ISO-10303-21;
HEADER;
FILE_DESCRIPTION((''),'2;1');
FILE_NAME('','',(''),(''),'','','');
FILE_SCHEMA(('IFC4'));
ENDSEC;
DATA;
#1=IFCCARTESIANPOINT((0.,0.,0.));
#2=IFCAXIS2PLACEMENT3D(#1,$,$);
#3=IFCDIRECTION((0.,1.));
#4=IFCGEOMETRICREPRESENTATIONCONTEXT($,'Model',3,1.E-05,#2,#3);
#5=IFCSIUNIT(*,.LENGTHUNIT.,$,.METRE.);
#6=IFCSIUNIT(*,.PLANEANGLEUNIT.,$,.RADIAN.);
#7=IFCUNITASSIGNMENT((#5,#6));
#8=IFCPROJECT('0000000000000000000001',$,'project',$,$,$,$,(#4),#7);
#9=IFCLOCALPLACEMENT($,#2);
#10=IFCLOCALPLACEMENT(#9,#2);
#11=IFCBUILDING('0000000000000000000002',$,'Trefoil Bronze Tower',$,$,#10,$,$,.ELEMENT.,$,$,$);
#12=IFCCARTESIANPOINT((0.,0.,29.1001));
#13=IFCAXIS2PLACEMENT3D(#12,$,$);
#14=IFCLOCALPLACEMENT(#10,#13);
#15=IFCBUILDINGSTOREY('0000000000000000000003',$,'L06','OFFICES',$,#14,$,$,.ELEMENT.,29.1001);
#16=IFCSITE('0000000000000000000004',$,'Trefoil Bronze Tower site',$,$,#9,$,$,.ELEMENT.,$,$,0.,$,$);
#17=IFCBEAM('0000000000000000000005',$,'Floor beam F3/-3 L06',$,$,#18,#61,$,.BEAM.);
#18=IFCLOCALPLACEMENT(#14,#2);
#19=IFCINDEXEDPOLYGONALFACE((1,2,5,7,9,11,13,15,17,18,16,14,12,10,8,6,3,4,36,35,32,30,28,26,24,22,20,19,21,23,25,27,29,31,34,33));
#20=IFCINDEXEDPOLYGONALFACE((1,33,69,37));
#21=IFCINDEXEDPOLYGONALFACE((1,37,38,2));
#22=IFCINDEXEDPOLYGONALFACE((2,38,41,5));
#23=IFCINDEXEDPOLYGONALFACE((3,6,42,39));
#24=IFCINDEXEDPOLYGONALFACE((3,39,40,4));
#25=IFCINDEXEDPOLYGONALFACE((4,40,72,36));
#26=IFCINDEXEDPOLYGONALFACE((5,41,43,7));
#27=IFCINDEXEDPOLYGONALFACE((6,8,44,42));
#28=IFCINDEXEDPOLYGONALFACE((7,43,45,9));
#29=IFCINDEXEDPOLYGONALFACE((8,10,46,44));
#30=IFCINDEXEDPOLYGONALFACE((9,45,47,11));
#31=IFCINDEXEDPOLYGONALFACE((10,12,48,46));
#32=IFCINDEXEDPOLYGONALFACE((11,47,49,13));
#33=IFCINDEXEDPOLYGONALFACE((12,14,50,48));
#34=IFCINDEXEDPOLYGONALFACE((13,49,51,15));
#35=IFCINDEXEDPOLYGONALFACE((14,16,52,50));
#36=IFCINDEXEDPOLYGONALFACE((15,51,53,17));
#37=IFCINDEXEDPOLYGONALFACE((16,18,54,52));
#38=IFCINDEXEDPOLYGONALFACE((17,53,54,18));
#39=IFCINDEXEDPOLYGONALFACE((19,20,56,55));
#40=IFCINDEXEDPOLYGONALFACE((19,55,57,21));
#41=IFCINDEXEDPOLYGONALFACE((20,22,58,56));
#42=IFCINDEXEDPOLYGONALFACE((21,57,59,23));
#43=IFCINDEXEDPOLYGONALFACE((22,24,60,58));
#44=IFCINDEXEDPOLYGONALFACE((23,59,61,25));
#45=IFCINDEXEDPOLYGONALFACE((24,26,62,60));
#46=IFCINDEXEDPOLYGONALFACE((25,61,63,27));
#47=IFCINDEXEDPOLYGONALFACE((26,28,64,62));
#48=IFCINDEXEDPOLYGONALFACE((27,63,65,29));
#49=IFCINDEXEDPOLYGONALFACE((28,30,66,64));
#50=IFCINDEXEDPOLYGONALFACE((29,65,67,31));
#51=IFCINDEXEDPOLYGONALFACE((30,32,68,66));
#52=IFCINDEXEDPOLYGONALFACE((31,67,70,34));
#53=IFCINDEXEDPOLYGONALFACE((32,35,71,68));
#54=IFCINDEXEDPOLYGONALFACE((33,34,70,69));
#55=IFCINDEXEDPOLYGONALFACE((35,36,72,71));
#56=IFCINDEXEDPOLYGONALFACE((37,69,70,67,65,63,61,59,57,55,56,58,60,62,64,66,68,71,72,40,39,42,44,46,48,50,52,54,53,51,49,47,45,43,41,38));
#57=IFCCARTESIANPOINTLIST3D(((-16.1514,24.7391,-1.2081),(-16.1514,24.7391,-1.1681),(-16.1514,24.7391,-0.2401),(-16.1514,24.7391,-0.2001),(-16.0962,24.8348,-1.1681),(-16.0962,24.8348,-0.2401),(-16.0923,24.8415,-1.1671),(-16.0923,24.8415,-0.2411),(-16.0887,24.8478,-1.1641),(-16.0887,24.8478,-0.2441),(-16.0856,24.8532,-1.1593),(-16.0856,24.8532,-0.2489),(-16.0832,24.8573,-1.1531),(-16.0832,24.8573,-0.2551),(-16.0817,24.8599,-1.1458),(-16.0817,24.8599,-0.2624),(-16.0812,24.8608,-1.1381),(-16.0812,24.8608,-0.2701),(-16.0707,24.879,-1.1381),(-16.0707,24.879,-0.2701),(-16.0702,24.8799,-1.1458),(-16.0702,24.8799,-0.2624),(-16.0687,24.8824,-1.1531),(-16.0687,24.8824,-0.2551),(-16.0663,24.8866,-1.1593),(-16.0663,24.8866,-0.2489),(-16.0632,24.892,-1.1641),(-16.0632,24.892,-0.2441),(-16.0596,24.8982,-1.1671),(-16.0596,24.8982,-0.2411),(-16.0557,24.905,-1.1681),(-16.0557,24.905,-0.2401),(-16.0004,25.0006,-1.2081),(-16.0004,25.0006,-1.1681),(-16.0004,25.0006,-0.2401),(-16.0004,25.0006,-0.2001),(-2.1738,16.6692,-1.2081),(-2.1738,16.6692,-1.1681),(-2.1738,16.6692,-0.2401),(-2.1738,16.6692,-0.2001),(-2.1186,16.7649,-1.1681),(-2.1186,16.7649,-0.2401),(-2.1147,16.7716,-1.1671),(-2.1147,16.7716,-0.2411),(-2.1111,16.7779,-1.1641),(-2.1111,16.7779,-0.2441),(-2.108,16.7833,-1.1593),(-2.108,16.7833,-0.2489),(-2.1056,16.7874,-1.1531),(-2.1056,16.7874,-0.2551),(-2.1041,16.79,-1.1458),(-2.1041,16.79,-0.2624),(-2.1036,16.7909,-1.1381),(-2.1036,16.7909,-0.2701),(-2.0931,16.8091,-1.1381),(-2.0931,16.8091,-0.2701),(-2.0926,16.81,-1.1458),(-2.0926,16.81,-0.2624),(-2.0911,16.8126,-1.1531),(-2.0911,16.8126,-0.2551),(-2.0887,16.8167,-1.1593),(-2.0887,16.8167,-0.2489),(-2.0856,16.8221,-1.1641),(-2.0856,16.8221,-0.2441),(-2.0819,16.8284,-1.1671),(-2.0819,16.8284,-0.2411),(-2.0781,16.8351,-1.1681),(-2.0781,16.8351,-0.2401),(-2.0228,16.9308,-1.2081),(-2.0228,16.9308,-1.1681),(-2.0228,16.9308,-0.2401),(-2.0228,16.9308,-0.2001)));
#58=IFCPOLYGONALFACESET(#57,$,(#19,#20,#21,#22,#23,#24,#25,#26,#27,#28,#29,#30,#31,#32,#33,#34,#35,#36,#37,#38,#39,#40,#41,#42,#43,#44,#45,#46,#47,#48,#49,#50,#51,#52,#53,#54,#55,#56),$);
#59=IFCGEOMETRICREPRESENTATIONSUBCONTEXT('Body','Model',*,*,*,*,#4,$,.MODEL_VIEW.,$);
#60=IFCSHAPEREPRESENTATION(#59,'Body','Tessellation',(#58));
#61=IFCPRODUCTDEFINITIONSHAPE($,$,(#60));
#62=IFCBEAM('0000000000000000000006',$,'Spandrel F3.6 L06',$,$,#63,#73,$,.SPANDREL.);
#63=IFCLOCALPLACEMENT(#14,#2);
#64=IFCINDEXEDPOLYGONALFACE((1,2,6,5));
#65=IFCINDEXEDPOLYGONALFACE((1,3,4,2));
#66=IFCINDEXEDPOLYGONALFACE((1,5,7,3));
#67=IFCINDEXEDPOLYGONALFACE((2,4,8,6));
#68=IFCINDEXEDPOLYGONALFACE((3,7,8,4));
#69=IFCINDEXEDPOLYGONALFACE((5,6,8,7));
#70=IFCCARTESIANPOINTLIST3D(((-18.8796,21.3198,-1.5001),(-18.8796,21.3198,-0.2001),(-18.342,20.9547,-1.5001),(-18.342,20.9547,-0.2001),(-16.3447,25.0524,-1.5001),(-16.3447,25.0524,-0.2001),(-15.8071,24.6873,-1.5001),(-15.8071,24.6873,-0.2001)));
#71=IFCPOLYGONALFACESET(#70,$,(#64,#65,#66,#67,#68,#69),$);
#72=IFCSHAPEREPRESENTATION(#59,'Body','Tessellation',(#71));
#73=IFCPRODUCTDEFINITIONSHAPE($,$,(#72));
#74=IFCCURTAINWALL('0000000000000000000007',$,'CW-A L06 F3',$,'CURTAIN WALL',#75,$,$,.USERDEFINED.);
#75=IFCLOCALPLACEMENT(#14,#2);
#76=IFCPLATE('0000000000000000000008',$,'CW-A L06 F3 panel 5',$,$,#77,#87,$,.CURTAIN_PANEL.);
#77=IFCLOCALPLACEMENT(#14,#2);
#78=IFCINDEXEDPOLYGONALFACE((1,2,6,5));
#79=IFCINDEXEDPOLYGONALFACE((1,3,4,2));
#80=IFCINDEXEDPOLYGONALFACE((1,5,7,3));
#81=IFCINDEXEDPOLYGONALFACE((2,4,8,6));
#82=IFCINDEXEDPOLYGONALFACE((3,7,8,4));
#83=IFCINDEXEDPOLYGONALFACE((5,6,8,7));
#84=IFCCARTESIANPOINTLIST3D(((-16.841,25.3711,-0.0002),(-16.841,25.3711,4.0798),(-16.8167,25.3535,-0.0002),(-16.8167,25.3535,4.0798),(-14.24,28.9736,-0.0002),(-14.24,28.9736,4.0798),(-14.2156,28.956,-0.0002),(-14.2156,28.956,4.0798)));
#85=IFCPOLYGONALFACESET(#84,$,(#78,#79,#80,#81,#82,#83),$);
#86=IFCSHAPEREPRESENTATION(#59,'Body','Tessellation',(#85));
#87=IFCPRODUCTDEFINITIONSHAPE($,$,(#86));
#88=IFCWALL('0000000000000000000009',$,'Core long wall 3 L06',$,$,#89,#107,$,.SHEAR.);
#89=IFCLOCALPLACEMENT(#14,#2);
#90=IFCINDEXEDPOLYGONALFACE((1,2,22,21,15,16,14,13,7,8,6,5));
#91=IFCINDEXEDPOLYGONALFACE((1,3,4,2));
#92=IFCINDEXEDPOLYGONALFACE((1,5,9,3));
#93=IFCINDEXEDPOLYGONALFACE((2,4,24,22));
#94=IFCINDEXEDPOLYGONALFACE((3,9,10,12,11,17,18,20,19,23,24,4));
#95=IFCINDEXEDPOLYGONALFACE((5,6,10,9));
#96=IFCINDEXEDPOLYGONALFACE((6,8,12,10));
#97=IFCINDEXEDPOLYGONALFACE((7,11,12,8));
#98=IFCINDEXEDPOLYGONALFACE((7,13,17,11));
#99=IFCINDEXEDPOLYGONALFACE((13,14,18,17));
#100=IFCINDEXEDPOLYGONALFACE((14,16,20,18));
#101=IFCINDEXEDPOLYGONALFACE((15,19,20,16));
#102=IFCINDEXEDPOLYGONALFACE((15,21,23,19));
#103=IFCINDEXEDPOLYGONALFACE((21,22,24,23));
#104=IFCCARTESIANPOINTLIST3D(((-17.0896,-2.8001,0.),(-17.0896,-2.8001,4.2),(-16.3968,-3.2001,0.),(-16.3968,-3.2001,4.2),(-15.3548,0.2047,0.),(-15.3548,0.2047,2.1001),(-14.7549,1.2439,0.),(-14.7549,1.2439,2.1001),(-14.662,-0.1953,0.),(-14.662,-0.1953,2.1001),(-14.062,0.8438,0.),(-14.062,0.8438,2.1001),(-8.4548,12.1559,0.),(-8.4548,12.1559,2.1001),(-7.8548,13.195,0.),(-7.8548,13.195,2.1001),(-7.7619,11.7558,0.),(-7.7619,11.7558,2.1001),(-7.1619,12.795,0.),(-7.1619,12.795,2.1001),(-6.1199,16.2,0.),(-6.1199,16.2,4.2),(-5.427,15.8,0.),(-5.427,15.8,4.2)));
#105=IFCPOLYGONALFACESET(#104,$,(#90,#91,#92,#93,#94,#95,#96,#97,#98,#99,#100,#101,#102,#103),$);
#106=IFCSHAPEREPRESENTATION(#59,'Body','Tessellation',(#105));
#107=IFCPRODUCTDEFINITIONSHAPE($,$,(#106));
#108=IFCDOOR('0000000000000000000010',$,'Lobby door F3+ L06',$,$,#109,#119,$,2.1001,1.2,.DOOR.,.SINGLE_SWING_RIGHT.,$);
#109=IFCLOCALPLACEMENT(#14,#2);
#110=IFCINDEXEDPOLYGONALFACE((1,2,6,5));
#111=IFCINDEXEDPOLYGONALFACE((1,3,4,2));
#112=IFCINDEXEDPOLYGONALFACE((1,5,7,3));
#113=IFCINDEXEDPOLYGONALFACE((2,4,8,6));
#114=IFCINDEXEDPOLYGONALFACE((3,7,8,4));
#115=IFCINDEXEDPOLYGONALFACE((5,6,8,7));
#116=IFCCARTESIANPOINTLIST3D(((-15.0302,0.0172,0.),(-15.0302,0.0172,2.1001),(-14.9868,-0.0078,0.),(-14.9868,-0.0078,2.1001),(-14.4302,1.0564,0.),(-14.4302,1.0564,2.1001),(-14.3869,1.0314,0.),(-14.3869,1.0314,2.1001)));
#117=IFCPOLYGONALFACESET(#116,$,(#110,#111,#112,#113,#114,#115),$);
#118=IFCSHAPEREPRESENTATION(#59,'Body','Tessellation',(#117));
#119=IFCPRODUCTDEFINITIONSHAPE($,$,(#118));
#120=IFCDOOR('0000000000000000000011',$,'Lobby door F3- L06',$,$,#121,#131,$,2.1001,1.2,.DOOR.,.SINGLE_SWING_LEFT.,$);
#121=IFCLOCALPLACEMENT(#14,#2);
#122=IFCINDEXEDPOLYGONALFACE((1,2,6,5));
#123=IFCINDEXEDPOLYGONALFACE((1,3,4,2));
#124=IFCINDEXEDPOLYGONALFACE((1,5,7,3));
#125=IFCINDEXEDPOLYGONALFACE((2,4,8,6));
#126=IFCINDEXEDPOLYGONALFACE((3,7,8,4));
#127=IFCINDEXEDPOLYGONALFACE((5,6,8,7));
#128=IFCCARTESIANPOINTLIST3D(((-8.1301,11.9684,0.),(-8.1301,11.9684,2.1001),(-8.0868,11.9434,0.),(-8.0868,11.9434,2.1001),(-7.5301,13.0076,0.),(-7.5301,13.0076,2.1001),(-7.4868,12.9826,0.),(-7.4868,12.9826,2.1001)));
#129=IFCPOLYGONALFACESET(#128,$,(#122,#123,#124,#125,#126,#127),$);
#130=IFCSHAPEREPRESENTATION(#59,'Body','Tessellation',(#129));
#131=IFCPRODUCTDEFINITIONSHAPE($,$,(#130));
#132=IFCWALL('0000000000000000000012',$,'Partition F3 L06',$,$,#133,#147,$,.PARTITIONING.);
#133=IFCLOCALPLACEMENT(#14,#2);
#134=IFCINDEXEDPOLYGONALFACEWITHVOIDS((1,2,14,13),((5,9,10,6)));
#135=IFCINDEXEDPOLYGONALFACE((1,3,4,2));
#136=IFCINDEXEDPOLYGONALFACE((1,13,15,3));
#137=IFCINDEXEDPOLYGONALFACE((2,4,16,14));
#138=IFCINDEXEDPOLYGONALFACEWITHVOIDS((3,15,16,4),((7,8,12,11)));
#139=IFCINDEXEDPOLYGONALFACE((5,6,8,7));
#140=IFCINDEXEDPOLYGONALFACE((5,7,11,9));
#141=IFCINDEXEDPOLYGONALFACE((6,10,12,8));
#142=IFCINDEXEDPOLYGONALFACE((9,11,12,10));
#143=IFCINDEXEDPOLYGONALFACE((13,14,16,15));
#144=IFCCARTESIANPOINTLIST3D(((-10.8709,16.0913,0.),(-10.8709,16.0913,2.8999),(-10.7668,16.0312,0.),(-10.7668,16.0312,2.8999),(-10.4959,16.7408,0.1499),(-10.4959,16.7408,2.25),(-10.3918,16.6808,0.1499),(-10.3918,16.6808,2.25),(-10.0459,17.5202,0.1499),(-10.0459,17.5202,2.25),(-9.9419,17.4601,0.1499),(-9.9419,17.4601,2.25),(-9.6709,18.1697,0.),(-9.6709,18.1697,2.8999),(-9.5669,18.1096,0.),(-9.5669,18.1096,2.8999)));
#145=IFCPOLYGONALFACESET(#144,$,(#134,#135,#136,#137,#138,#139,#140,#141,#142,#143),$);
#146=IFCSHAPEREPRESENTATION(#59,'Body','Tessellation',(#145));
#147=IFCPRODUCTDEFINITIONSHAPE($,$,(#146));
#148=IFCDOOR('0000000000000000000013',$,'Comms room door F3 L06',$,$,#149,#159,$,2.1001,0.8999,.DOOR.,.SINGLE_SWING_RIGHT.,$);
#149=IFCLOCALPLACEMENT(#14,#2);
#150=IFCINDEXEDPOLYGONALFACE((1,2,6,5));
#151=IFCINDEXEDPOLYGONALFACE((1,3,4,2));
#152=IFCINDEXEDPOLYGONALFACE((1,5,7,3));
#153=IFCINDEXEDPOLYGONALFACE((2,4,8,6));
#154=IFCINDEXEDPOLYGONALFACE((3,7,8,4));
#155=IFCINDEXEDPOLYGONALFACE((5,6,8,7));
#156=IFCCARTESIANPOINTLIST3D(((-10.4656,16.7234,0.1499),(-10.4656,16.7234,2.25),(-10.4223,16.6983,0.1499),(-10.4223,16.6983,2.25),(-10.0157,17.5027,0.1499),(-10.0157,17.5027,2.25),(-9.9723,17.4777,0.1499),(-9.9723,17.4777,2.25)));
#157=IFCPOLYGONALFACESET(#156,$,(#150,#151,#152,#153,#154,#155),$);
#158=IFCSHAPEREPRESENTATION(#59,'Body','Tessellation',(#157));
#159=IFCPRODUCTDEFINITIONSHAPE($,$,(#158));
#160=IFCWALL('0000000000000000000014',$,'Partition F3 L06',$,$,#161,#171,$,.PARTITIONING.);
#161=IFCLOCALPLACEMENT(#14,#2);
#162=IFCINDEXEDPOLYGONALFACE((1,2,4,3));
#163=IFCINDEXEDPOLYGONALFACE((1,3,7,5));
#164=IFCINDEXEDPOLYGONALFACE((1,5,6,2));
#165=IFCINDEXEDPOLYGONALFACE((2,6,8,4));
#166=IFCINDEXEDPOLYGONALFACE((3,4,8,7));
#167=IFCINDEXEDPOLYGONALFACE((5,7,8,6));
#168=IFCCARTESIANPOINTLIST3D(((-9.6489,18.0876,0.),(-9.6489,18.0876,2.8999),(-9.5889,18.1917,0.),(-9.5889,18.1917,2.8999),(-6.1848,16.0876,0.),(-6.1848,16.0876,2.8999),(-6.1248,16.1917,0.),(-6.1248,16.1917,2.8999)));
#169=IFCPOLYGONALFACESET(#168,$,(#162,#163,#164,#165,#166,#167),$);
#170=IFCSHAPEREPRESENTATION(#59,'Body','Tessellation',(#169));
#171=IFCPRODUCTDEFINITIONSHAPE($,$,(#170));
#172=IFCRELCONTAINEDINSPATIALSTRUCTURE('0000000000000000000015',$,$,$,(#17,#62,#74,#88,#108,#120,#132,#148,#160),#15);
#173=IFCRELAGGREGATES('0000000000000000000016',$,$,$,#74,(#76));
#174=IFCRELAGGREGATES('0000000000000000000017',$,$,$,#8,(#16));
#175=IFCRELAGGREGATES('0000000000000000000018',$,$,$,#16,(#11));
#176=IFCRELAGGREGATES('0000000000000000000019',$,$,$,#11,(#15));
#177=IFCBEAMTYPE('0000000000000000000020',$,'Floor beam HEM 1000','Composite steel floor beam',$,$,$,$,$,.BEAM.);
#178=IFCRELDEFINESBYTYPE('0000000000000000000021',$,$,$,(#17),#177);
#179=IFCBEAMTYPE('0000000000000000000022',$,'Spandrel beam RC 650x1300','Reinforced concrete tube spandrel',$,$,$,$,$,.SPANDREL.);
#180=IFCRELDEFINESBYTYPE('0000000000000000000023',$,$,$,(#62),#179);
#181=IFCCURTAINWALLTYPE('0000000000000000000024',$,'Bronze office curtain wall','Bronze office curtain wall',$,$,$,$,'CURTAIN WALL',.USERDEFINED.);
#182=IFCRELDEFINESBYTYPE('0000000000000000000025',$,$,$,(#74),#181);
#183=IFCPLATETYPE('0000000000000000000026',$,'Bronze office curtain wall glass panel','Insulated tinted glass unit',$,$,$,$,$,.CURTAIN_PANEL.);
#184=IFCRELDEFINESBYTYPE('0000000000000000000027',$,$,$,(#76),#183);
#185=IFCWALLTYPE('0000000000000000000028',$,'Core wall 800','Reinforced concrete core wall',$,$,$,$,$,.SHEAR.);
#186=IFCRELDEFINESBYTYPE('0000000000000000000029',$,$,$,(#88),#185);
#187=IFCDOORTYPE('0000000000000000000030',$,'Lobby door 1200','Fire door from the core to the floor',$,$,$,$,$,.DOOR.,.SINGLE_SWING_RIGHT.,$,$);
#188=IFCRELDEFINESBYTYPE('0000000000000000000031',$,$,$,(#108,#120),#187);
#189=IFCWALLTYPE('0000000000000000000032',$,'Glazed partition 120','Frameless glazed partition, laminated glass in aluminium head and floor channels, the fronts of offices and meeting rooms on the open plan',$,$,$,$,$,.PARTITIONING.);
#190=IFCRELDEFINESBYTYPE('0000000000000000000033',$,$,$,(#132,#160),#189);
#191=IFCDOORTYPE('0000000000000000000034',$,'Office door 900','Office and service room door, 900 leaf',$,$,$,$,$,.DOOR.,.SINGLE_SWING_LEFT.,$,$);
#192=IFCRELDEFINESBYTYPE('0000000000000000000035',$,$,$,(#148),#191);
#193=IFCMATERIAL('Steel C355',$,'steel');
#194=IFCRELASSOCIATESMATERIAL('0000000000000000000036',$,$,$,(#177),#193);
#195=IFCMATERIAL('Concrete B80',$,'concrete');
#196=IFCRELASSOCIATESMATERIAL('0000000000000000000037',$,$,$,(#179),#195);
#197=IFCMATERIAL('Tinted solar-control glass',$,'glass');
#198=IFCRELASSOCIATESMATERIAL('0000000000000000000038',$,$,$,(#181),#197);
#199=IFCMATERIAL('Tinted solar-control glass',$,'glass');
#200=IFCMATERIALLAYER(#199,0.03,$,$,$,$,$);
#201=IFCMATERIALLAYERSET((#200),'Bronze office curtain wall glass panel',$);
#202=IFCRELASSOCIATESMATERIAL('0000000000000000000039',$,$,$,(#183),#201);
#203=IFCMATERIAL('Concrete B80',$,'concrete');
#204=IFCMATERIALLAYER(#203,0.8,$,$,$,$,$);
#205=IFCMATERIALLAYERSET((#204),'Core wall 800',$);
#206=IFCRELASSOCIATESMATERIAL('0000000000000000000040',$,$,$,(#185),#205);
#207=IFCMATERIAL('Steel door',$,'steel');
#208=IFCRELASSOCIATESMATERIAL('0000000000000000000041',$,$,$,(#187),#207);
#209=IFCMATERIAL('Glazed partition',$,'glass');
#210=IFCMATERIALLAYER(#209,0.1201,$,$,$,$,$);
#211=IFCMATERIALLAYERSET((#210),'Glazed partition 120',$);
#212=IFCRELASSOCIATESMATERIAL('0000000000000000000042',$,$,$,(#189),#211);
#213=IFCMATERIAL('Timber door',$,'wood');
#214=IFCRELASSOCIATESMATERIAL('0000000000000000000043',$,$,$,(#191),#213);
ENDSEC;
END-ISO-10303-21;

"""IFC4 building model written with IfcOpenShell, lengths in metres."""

from ifc_helpers import new_model, si_unit, direction, frame, frame_2d, origin, origin_2d, place, context, subcontext, project, spatial, rectangle, i_section, extrude, material, layer, layer_set, material_profile, profile_set, type_object, element, fill, aggregate, save


model = new_model("IFC4")

# Units and contexts
model_context = context("Model", 3, precision=1e-05, world=origin(), true_north=direction((0.0, 1.0)))
body_context = subcontext(model_context, "Body", "Model", "MODEL_VIEW")
ifc_project = project(units=[si_unit("LENGTHUNIT", "METRE"), si_unit("PLANEANGLEUNIT", "RADIAN")], contexts=[model_context])

# Site, building, storey
site_placement = place(None, origin())
site = spatial("IfcSite", under=ifc_project, at=site_placement, Name="Trefoil Bronze Tower site", CompositionType="ELEMENT", RefElevation=0.0)
building_placement = place(site_placement, origin())
building = spatial("IfcBuilding", under=site, at=building_placement, Name="Trefoil Bronze Tower", CompositionType="ELEMENT")
storey_placement = place(building_placement, frame((0.0, 0.0, 29.1001)))
storey = spatial("IfcBuildingStorey", under=building, at=storey_placement, Name="L06", Description="OFFICES", CompositionType="ELEMENT", Elevation=29.1001)

# Beams
ifc_material_1 = material(Name="Steel C355", Category="steel")
ifc_material_profile_1 = material_profile(ifc_material_1, i_section(OverallWidth=0.302, OverallDepth=1.0081, WebThickness=0.021, FlangeThickness=0.04, FilletRadius=0.03, at=origin_2d()), Name="HEM 1000")
ifc_profile_set_1 = profile_set([ifc_material_profile_1], Name="Steel C355")
beam_type_1 = type_object("IfcBeamType", Name="Floor beam HEM 1000", Description="Composite steel floor beam", PredefinedType="BEAM", material=ifc_profile_set_1)
beam_1_placement = place(storey_placement, frame((-16.0759, 24.8699, -0.7041), z_axis=(0.866028, -0.499995, 0.0), x_axis=(0.499995, 0.866028, 0.0)))
element("IfcBeam", 1, at=beam_1_placement, inside=storey, type_object=beam_type_1, Name="Floor beam F3/-3 L06", PredefinedType="BEAM", context=body_context, shape_type="SweptSolid", body=[
    extrude(i_section(OverallWidth=0.302, OverallDepth=1.0081, WebThickness=0.021, FlangeThickness=0.04, FilletRadius=0.03, at=origin_2d()), origin(), (0.0, 0.0, 1.0), 16.1399),
])
ifc_material_2 = material(Name="Concrete B80", Category="concrete")
ifc_material_profile_2 = material_profile(ifc_material_2, rectangle(XDim=0.6499, YDim=1.3, at=origin_2d()), Name="RC 650x1300")
ifc_profile_set_2 = profile_set([ifc_material_profile_2], Name="Concrete B80")
beam_type_2 = type_object("IfcBeamType", Name="Spandrel beam RC 650x1300", Description="Reinforced concrete tube spandrel", PredefinedType="SPANDREL", material=ifc_profile_set_2)
beam_2_placement = place(storey_placement, frame((-16.0759, 24.8699, -0.8501), z_axis=(-0.56181, -0.827267, 0.0), x_axis=(0.827267, -0.56181, 0.0)))
element("IfcBeam", 2, at=beam_2_placement, inside=storey, type_object=beam_type_2, Name="Spandrel F3.6 L06", PredefinedType="SPANDREL", context=body_context, shape_type="SweptSolid", body=[
    extrude(rectangle(XDim=0.6499, YDim=1.3, at=origin_2d()), origin(), (0.0, 0.0, 1.0), 4.512),
])

# Curtain wall, plate
ifc_material_3 = material(Name="Tinted solar-control glass", Category="glass")
curtain_wall_type = type_object("IfcCurtainWallType", Name="Bronze office curtain wall", Description="Bronze office curtain wall", ElementType="CURTAIN WALL", PredefinedType="USERDEFINED", material=ifc_material_3)
curtain_wall_placement = place(storey_placement, origin())
curtain_wall = element("IfcCurtainWall", 3, at=curtain_wall_placement, inside=storey, type_object=curtain_wall_type, Name="CW-A L06 F3", ObjectType="CURTAIN WALL", PredefinedType="USERDEFINED")
ifc_material_4 = material(Name="Tinted solar-control glass", Category="glass")
ifc_layer_1 = layer(ifc_material_4, 0.03)
ifc_layer_set_1 = layer_set([ifc_layer_1], Name="Bronze office curtain wall glass panel")
plate_type = type_object("IfcPlateType", Name="Bronze office curtain wall glass panel", Description="Insulated tinted glass unit", PredefinedType="CURTAIN_PANEL", material=ifc_layer_set_1)
plate_placement = place(storey_placement, frame((-15.5283, 27.1636, -0.0002), z_axis=(0.0, 0.0, 1.0), x_axis=(-0.585373, -0.810764, 0.0)))
plate = element("IfcPlate", 4, at=plate_placement, type_object=plate_type, Name="CW-A L06 F3 panel 5", PredefinedType="CURTAIN_PANEL", context=body_context, shape_type="SweptSolid", body=[
    extrude(rectangle(XDim=4.4434, YDim=0.03, at=origin_2d()), origin(), (0.0, 0.0, 1.0), 4.0801),
])
aggregate(curtain_wall, [plate])

# Wall, openings, doors
ifc_material_5 = material(Name="Concrete B80", Category="concrete")
ifc_layer_2 = layer(ifc_material_5, 0.8)
ifc_layer_set_2 = layer_set([ifc_layer_2], Name="Core wall 800")
wall_type_1 = type_object("IfcWallType", Name="Core wall 800", Description="Reinforced concrete core wall", PredefinedType="SHEAR", material=ifc_layer_set_2)
wall_1_placement = place(storey_placement, frame((-5.7734, 16.0, 0.0), z_axis=(0.0, 0.0, 1.0), x_axis=(-0.500002, -0.866024, 0.0)))
wall_1 = element("IfcWall", 5, at=wall_1_placement, inside=storey, type_object=wall_type_1, Name="Core long wall 3 L06", PredefinedType="SHEAR", context=body_context, shape_type="SweptSolid", body=[
    extrude(rectangle(XDim=21.9395, YDim=0.8, at=frame_2d((10.9697, 0.0))), origin(), (0.0, 0.0, 1.0), 4.2),
])
opening_1_placement = place(wall_1_placement, frame((17.2698, 0.0, 0.0)))
opening_1 = element("IfcOpeningElement", 6, at=opening_1_placement, cuts=wall_1, PredefinedType="OPENING", context=body_context, shape_type="SweptSolid", body=[
    extrude(rectangle(XDim=1.2, YDim=2.1001, at=frame_2d((0.6001, 1.05))), frame((0.0, 0.4099, 0.0), z_axis=(0.0, -1.0, 0.0), x_axis=(1.0, 0.0, 0.0)), (0.0, 0.0, 1.0), 0.8201),
])
opening_2_placement = place(wall_1_placement, frame((3.4697, 0.0, 0.0)))
opening_2 = element("IfcOpeningElement", 7, at=opening_2_placement, cuts=wall_1, PredefinedType="OPENING", context=body_context, shape_type="SweptSolid", body=[
    extrude(rectangle(XDim=1.2, YDim=2.1001, at=frame_2d((0.6001, 1.05))), frame((0.0, 0.4099, 0.0), z_axis=(0.0, -1.0, 0.0), x_axis=(1.0, 0.0, 0.0)), (0.0, 0.0, 1.0), 0.8201),
])
ifc_material_6 = material(Name="Steel door", Category="steel")
door_type_1 = type_object("IfcDoorType", Name="Lobby door 1200", Description="Fire door from the core to the floor", OperationType="SINGLE_SWING_RIGHT", PredefinedType="DOOR", material=ifc_material_6)
door_1_placement = place(opening_1_placement, origin())
door_1 = element("IfcDoor", 8, at=door_1_placement, inside=storey, type_object=door_type_1, Name="Lobby door F3+ L06", OperationType="SINGLE_SWING_RIGHT", OverallHeight=2.1001, OverallWidth=1.2, PredefinedType="DOOR", context=body_context, shape_type="SweptSolid", body=[
    extrude(rectangle(XDim=1.2, YDim=2.1001, at=frame_2d((0.6001, 1.05))), frame((0.0, 0.0249, 0.0), z_axis=(0.0, -1.0, 0.0), x_axis=(1.0, 0.0, 0.0)), (0.0, 0.0, 1.0), 0.05),
])
fill(opening_1, door_1)
door_2_placement = place(opening_2_placement, origin())
door_2 = element("IfcDoor", 9, at=door_2_placement, inside=storey, type_object=door_type_1, Name="Lobby door F3- L06", OperationType="SINGLE_SWING_LEFT", OverallHeight=2.1001, OverallWidth=1.2, PredefinedType="DOOR", context=body_context, shape_type="SweptSolid", body=[
    extrude(rectangle(XDim=1.2, YDim=2.1001, at=frame_2d((0.6001, 1.05))), frame((0.0, 0.0249, 0.0), z_axis=(0.0, -1.0, 0.0), x_axis=(1.0, 0.0, 0.0)), (0.0, 0.0, 1.0), 0.05),
])
fill(opening_2, door_2)

# Wall, opening, door
ifc_material_7 = material(Name="Glazed partition", Category="glass")
ifc_layer_3 = layer(ifc_material_7, 0.1201)
ifc_layer_set_3 = layer_set([ifc_layer_3], Name="Glazed partition 120")
wall_type_2 = type_object("IfcWallType", Name="Glazed partition 120", Description="Frameless glazed partition, laminated glass in aluminium head and floor channels, the fronts of offices and meeting rooms on the open plan", PredefinedType="PARTITIONING", material=ifc_layer_set_3)
wall_2_placement = place(storey_placement, frame((-9.6189, 18.1396, 0.0), z_axis=(0.0, 0.0, 1.0), x_axis=(-0.500001, -0.866025, 0.0)))
wall_2 = element("IfcWall", 10, at=wall_2_placement, inside=storey, type_object=wall_type_2, Name="Partition F3 L06", PredefinedType="PARTITIONING", context=body_context, shape_type="SweptSolid", body=[
    extrude(rectangle(XDim=2.3999, YDim=0.1201, at=frame_2d((1.2, 0.0))), origin(), (0.0, 0.0, 1.0), 2.8999),
])
opening_3_placement = place(wall_2_placement, frame((0.75, 0.0, 0.1499)))
opening_3 = element("IfcOpeningElement", 11, at=opening_3_placement, cuts=wall_2, PredefinedType="OPENING", context=body_context, shape_type="SweptSolid", body=[
    extrude(rectangle(XDim=0.8999, YDim=2.1001, at=frame_2d((0.45, 1.05))), frame((0.0, 0.0701, 0.0), z_axis=(0.0, -1.0, 0.0), x_axis=(1.0, 0.0, 0.0)), (0.0, 0.0, 1.0), 0.1401),
])
ifc_material_8 = material(Name="Timber door", Category="wood")
door_type_2 = type_object("IfcDoorType", Name="Office door 900", Description="Office and service room door, 900 leaf", OperationType="SINGLE_SWING_LEFT", PredefinedType="DOOR", material=ifc_material_8)
door_3_placement = place(opening_3_placement, origin())
door_3 = element("IfcDoor", 12, at=door_3_placement, inside=storey, type_object=door_type_2, Name="Comms room door F3 L06", OperationType="SINGLE_SWING_RIGHT", OverallHeight=2.1001, OverallWidth=0.8999, PredefinedType="DOOR", context=body_context, shape_type="SweptSolid", body=[
    extrude(rectangle(XDim=0.8999, YDim=2.1001, at=frame_2d((0.45, 1.05))), frame((0.0, 0.0249, 0.0), z_axis=(0.0, -1.0, 0.0), x_axis=(1.0, 0.0, 0.0)), (0.0, 0.0, 1.0), 0.05),
])
fill(opening_3, door_3)

# Wall
wall_3_placement = place(storey_placement, frame((-6.1548, 16.1396, 0.0), z_axis=(0.0, 0.0, 1.0), x_axis=(-0.866026, 0.499999, 0.0)))
element("IfcWall", 13, at=wall_3_placement, inside=storey, type_object=wall_type_2, Name="Partition F3 L06", PredefinedType="PARTITIONING", context=body_context, shape_type="SweptSolid", body=[
    extrude(rectangle(XDim=4.0, YDim=0.1201, at=frame_2d((2.0, 0.0))), origin(), (0.0, 0.0, 1.0), 2.8999),
])

save(model, "model.ifc")
